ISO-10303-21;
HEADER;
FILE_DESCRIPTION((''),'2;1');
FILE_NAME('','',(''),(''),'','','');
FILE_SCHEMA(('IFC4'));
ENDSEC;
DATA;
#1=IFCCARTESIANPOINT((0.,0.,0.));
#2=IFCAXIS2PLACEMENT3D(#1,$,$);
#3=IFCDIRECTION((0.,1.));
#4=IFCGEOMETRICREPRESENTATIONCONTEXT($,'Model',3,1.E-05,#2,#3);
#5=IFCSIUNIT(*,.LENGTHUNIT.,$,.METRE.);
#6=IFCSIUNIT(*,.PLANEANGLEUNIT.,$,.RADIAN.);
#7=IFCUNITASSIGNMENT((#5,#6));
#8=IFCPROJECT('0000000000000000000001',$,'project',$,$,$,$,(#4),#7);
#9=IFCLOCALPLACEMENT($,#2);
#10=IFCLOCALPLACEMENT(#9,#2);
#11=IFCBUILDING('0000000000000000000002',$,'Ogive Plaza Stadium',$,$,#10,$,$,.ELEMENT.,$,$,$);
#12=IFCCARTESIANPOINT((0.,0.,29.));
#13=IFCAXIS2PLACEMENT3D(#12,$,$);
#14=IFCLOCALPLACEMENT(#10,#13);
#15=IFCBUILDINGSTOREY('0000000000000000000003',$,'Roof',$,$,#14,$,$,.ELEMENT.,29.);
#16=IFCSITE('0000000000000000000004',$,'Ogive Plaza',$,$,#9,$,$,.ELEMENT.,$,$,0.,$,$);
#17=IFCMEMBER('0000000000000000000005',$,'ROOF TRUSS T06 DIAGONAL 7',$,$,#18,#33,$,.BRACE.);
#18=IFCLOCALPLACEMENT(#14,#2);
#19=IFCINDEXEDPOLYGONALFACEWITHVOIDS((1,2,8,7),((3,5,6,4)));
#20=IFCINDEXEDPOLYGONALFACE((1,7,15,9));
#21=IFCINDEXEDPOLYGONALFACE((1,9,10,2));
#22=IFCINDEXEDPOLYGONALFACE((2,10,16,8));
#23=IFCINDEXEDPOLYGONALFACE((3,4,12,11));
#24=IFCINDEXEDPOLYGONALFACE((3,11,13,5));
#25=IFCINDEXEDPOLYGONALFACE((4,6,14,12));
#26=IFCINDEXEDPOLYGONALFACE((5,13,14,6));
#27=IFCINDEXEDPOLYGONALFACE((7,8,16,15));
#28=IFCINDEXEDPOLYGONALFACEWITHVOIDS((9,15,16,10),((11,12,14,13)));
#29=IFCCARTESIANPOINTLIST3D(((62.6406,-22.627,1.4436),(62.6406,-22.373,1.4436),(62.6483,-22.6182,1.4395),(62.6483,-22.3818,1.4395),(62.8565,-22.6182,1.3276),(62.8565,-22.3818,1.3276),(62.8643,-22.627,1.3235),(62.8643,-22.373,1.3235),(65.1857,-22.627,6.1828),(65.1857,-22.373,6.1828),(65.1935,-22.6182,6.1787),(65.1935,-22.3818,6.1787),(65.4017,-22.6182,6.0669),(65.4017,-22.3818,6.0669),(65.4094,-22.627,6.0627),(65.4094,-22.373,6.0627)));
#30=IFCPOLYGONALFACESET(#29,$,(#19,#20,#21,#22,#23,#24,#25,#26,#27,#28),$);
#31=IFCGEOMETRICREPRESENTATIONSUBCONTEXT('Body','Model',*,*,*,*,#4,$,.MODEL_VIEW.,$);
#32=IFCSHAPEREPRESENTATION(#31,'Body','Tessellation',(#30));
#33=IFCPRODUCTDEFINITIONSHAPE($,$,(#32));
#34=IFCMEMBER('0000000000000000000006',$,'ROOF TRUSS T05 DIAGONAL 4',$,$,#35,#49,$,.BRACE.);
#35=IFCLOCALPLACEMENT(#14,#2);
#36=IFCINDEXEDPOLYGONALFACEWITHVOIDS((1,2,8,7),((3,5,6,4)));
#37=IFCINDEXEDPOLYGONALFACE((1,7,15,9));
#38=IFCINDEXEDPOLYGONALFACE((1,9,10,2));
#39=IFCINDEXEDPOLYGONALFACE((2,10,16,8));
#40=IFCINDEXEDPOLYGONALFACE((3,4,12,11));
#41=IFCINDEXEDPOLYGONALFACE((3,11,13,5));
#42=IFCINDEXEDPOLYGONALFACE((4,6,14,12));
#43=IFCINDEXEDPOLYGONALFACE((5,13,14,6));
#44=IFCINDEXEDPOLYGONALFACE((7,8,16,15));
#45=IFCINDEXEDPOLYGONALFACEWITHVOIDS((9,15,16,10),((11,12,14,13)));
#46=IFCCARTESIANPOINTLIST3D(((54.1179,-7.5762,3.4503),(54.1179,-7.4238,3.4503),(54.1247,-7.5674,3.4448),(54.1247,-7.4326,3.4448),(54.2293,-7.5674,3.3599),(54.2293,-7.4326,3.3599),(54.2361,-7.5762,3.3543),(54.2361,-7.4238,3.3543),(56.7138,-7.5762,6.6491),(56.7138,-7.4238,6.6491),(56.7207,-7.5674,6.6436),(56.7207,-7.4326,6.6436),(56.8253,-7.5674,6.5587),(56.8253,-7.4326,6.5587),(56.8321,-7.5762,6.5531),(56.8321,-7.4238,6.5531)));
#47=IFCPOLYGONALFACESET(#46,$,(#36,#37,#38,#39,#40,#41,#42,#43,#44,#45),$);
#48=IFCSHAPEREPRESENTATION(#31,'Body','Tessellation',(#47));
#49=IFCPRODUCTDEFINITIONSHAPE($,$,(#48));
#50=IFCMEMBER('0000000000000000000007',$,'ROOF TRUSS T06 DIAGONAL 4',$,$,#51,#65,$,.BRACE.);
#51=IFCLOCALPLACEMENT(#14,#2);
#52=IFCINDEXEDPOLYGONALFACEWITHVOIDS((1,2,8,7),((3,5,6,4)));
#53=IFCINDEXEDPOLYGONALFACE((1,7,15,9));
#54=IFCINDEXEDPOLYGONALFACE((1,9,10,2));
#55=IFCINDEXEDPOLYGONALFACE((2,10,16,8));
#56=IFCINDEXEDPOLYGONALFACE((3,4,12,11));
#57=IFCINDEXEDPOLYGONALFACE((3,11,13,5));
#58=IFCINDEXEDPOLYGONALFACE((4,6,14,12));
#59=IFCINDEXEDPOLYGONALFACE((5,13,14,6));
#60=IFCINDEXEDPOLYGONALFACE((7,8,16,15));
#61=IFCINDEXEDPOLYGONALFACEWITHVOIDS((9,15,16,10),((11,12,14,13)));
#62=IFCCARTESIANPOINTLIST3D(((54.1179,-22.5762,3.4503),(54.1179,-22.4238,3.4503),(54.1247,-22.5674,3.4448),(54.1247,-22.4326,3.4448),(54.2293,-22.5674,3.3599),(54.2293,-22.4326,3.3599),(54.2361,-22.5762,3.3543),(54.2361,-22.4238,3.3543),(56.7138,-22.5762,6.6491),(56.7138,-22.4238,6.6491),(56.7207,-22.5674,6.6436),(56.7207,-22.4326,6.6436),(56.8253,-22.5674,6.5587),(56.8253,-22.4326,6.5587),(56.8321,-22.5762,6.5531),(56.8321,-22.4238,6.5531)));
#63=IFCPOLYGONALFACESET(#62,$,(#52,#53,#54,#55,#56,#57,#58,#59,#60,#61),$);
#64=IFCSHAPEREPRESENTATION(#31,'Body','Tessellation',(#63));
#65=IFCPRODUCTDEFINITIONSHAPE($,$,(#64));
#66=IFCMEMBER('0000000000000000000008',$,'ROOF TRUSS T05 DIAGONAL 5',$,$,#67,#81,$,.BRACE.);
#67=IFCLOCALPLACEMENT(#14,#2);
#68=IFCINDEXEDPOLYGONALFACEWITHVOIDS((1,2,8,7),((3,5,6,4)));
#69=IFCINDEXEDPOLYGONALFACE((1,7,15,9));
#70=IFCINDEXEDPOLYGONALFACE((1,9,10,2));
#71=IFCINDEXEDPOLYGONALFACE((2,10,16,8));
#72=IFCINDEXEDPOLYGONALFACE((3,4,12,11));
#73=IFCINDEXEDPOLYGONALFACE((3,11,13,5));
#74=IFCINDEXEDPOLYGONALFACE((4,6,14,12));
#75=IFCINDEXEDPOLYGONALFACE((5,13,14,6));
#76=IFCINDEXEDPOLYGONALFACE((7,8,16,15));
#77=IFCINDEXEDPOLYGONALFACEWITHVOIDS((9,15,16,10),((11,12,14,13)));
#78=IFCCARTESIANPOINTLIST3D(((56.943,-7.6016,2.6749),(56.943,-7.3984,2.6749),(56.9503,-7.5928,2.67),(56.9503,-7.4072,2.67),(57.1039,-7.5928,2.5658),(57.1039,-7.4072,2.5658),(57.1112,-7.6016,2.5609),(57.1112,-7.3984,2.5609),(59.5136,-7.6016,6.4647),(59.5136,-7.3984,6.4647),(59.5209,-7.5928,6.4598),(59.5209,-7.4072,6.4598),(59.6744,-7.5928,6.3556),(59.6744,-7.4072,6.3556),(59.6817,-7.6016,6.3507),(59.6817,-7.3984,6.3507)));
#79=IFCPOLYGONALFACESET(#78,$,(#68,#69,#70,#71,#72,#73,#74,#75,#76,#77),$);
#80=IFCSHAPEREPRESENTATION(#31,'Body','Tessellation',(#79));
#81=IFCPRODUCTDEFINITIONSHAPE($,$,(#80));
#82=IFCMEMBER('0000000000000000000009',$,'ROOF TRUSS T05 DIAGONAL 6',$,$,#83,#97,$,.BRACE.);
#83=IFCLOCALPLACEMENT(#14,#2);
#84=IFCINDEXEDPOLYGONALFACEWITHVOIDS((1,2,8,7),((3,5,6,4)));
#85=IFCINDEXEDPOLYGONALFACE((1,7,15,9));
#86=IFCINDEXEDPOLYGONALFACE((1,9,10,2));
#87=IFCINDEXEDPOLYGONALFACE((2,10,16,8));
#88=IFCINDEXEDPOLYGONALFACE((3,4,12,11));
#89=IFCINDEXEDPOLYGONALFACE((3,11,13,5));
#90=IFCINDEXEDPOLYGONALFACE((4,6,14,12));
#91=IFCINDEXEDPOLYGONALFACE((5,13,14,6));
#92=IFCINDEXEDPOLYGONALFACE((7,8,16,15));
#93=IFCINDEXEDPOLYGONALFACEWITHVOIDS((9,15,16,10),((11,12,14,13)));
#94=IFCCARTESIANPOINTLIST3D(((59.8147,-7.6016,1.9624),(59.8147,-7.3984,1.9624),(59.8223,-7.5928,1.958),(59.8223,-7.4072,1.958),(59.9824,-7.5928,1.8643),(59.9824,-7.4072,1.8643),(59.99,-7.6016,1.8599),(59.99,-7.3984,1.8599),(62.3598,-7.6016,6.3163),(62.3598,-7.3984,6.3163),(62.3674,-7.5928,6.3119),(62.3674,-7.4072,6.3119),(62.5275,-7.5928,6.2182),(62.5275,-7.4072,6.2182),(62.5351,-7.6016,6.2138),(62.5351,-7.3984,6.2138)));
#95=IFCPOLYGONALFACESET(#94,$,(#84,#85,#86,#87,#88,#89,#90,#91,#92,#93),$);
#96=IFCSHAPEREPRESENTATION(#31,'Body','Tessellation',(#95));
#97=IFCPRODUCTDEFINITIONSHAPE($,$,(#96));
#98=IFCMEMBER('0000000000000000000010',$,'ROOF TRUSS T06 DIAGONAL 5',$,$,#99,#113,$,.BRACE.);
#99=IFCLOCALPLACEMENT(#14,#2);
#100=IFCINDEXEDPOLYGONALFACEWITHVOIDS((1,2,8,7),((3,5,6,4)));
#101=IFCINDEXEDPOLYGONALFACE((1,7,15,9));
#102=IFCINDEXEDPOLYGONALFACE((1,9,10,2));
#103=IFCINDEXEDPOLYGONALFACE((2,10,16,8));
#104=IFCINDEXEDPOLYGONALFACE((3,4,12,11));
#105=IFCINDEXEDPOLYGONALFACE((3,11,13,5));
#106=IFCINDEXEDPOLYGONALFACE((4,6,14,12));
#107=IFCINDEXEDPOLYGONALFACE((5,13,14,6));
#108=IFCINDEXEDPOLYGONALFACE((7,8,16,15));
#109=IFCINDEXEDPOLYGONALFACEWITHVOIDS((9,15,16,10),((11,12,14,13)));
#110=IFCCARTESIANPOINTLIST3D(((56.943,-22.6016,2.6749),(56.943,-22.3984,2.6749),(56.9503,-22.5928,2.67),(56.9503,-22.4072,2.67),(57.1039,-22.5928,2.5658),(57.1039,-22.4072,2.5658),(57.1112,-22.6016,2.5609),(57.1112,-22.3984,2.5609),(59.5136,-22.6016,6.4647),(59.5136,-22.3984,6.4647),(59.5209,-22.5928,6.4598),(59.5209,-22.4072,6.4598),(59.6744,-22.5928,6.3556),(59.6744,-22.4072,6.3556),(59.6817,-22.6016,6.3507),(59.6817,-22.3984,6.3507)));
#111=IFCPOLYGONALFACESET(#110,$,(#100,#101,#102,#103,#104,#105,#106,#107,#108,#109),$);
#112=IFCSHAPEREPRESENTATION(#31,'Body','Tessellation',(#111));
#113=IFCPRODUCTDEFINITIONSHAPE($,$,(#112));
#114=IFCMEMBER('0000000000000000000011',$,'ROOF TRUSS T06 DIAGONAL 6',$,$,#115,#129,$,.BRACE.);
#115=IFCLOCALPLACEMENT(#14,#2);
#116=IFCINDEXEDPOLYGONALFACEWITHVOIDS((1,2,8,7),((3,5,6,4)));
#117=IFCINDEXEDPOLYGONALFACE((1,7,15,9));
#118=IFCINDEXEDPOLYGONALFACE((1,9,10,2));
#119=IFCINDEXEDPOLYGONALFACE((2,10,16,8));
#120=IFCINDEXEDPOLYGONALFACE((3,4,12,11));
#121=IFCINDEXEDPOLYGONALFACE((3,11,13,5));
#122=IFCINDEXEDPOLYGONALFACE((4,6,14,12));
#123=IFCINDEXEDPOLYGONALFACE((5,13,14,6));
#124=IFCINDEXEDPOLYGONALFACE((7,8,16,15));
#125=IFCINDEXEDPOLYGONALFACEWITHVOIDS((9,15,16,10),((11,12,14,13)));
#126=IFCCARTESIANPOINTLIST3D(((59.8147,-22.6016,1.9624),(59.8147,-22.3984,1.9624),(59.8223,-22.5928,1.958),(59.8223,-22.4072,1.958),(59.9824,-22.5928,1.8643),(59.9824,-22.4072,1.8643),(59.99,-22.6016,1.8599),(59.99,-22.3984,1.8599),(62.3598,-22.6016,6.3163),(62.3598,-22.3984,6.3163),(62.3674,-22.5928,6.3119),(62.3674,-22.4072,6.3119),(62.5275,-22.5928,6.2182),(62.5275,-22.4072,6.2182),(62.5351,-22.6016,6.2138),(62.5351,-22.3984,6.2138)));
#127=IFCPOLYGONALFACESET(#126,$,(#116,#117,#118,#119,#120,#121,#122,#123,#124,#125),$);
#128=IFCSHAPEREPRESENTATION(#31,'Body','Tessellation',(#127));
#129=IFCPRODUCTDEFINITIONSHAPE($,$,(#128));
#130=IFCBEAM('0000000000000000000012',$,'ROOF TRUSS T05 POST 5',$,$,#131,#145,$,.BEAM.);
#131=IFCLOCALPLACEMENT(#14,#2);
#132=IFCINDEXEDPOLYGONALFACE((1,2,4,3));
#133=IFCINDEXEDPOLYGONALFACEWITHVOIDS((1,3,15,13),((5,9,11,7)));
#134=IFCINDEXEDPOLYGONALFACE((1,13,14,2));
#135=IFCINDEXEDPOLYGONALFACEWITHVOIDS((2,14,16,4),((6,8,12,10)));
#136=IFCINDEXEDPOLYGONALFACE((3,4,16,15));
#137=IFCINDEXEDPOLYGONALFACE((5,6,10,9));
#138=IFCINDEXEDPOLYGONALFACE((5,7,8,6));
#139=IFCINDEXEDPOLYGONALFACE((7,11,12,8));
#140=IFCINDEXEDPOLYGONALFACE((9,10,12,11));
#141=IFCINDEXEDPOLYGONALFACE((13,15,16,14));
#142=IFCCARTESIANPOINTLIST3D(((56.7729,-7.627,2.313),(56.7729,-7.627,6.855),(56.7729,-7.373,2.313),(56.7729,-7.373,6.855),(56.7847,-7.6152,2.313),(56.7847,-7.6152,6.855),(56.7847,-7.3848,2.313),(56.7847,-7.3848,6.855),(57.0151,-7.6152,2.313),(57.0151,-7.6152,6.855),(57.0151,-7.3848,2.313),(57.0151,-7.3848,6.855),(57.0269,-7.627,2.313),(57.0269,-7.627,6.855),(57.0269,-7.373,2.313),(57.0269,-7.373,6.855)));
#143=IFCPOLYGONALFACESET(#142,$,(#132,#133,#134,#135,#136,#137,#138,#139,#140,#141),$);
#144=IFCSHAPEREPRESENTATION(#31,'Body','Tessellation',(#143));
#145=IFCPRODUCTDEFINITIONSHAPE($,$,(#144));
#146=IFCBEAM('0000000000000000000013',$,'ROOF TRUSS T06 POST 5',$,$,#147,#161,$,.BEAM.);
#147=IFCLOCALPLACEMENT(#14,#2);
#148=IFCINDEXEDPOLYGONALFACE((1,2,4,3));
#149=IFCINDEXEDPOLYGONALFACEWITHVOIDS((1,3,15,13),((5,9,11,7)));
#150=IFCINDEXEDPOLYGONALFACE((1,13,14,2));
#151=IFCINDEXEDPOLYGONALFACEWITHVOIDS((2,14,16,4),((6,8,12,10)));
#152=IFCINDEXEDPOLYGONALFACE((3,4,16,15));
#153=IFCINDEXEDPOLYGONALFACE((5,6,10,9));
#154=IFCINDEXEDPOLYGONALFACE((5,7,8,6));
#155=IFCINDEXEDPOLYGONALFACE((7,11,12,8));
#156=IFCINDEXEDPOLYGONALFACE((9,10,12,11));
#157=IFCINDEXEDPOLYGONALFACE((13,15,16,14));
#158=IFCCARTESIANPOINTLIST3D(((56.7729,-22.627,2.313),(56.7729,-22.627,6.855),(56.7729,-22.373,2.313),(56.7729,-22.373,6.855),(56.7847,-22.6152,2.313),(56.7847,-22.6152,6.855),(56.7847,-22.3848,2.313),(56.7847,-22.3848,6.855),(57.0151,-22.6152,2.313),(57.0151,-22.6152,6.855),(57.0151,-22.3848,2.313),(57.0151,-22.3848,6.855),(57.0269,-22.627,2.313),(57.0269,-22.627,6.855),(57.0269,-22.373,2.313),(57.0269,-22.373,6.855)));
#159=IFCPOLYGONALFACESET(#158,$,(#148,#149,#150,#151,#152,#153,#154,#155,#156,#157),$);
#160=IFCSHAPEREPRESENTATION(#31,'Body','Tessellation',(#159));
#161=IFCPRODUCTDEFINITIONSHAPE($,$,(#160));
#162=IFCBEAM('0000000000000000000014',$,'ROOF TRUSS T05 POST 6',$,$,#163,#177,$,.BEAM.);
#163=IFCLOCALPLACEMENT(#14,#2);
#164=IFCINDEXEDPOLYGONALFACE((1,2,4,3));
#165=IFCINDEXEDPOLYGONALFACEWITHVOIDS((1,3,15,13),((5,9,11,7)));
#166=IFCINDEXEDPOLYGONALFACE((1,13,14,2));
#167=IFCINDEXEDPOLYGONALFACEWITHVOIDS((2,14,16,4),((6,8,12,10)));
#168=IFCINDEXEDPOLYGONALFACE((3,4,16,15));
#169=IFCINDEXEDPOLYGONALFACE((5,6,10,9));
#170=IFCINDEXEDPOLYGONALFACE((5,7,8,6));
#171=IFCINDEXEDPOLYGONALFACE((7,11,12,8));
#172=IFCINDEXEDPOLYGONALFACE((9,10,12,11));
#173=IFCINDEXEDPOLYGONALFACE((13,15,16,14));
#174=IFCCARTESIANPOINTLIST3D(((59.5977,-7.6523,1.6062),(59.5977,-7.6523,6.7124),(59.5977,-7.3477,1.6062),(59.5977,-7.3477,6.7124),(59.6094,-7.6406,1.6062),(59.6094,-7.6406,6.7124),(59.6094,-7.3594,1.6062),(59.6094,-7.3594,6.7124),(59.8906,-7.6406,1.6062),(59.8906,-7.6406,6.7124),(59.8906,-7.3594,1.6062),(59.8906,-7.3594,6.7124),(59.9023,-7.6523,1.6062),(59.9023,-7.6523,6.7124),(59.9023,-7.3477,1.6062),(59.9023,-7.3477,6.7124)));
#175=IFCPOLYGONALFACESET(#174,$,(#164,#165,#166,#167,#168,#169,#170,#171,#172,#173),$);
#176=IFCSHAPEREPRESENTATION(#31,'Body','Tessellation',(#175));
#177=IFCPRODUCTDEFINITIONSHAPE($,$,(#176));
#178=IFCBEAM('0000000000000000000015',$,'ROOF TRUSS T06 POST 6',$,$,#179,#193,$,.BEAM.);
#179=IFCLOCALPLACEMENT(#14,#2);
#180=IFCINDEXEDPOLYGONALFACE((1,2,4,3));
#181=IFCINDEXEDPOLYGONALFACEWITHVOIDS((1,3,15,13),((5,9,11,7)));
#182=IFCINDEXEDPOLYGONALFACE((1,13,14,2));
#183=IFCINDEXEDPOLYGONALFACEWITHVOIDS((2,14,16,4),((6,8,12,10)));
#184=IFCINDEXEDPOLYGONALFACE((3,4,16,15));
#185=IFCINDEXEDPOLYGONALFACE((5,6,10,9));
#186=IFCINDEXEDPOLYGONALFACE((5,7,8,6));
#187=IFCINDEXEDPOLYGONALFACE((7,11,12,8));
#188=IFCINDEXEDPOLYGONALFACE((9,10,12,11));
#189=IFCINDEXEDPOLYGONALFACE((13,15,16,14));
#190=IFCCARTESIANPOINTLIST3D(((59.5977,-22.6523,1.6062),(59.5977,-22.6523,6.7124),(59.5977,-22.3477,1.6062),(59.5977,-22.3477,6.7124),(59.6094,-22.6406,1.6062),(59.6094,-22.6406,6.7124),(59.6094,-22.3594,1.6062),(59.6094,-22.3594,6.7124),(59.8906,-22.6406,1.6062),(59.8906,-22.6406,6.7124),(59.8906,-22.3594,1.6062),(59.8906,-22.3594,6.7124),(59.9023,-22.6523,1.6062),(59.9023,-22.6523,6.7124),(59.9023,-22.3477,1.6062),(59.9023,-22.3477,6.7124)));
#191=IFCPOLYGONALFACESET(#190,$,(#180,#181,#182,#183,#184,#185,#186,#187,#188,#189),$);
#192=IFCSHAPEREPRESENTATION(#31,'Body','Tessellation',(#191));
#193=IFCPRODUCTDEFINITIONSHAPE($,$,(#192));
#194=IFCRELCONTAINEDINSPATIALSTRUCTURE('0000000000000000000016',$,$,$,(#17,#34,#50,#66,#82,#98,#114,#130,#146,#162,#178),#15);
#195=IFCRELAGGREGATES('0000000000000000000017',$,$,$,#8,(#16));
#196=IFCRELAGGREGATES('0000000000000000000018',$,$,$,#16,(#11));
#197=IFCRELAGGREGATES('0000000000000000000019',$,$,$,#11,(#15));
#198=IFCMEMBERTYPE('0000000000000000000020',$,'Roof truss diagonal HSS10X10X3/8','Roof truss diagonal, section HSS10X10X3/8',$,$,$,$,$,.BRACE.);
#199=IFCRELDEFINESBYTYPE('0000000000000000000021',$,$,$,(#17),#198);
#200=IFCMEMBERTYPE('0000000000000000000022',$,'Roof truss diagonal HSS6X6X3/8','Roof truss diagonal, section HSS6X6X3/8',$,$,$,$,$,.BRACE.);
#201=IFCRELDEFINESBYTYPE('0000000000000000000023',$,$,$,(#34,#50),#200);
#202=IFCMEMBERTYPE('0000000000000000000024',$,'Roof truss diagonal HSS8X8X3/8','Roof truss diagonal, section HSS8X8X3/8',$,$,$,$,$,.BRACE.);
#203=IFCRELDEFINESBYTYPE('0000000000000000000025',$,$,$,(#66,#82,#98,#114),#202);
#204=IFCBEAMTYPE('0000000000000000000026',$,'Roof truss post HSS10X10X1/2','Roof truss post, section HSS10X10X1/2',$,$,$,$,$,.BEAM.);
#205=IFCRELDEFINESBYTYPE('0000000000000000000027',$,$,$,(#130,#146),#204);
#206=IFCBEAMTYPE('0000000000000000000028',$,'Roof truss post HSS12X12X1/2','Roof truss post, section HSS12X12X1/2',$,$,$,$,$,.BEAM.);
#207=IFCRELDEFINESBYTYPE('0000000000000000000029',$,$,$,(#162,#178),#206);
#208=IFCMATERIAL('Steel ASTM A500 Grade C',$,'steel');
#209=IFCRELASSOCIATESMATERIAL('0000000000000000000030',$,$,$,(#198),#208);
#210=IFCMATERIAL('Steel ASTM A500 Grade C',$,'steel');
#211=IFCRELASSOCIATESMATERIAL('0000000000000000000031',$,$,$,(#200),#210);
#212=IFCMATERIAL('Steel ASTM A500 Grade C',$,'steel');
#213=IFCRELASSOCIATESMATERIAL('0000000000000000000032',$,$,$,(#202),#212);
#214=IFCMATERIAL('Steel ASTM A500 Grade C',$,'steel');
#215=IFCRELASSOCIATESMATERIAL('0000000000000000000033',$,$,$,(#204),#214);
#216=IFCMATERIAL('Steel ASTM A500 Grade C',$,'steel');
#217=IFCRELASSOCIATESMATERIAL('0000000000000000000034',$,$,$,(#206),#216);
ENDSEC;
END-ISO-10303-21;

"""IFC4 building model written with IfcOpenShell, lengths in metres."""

from ifc_helpers import new_model, si_unit, direction, frame, origin, origin_2d, place, context, subcontext, project, spatial, hollow_rectangle, extrude, material, material_profile, profile_set, type_object, element, save


model = new_model("IFC4")

# Units and contexts
model_context = context("Model", 3, precision=1e-05, world=origin(), true_north=direction((0.0, 1.0)))
body_context = subcontext(model_context, "Body", "Model", "MODEL_VIEW")
ifc_project = project(units=[si_unit("LENGTHUNIT", "METRE"), si_unit("PLANEANGLEUNIT", "RADIAN")], contexts=[model_context])

# Site, building, storey
site_placement = place(None, origin())
site = spatial("IfcSite", under=ifc_project, at=site_placement, Name="Ogive Plaza", CompositionType="ELEMENT", RefElevation=0.0)
building_placement = place(site_placement, origin())
building = spatial("IfcBuilding", under=site, at=building_placement, Name="Ogive Plaza Stadium", CompositionType="ELEMENT")
storey_placement = place(building_placement, frame((0.0, 0.0, 29.0)))
storey = spatial("IfcBuildingStorey", under=building, at=storey_placement, Name="Roof", CompositionType="ELEMENT", Elevation=29.0)

# Members
ifc_material_1 = material(Name="Steel ASTM A500 Grade C", Category="steel")
ifc_material_profile_1 = material_profile(ifc_material_1, hollow_rectangle(XDim=0.2539, YDim=0.2539, WallThickness=0.0088, at=origin_2d()), Name="HSS10X10X3/8")
ifc_profile_set_1 = profile_set([ifc_material_profile_1], Name="Steel ASTM A500 Grade C")
member_type_1 = type_object("IfcMemberType", Name="Roof truss diagonal HSS10X10X3/8", Description="Roof truss diagonal, section HSS10X10X3/8", PredefinedType="BRACE", material=ifc_profile_set_1)
member_1_placement = place(storey_placement, frame((62.7524, -22.5, 1.3835), z_axis=(0.473128, 0.0, 0.880994), x_axis=(0.0, 1.0, 0.0)))
element("IfcMember", 1, at=member_1_placement, inside=storey, type_object=member_type_1, Name="ROOF TRUSS T06 DIAGONAL 7", PredefinedType="BRACE", context=body_context, shape_type="SweptSolid", body=[
    extrude(hollow_rectangle(XDim=0.2539, YDim=0.2539, WallThickness=0.0088, at=origin_2d()), origin(), (0.0, 0.0, 1.0), 5.3794),
])
ifc_material_2 = material(Name="Steel ASTM A500 Grade C", Category="steel")
ifc_material_profile_2 = material_profile(ifc_material_2, hollow_rectangle(XDim=0.1523, YDim=0.1523, WallThickness=0.0088, at=origin_2d()), Name="HSS6X6X3/8")
ifc_profile_set_2 = profile_set([ifc_material_profile_2], Name="Steel ASTM A500 Grade C")
member_type_2 = type_object("IfcMemberType", Name="Roof truss diagonal HSS6X6X3/8", Description="Roof truss diagonal, section HSS6X6X3/8", PredefinedType="BRACE", material=ifc_profile_set_2)
for number, where, z_axis, x_axis, name in (
    (2, (54.177, -7.5, 3.4023), (0.630151, 0.0, 0.776473), (0.0, 1.0, 0.0), "ROOF TRUSS T05 DIAGONAL 4"),
    (3, (54.177, -22.5, 3.4023), (0.630151, 0.0, 0.776473), (0.0, 1.0, 0.0), "ROOF TRUSS T06 DIAGONAL 4"),
):
    element("IfcMember", number, at=place(storey_placement, frame(where, z_axis=z_axis, x_axis=x_axis)), inside=storey, type_object=member_type_2, Name=name, PredefinedType="BRACE", context=body_context, shape_type="SweptSolid", body=[
        extrude(hollow_rectangle(XDim=0.1523, YDim=0.1523, WallThickness=0.0088, at=origin_2d()), origin(), (0.0, 0.0, 1.0), 4.1196),
    ])
ifc_material_3 = material(Name="Steel ASTM A500 Grade C", Category="steel")
ifc_material_profile_3 = material_profile(ifc_material_3, hollow_rectangle(XDim=0.2031, YDim=0.2031, WallThickness=0.0088, at=origin_2d()), Name="HSS8X8X3/8")
ifc_profile_set_3 = profile_set([ifc_material_profile_3], Name="Steel ASTM A500 Grade C")
member_type_3 = type_object("IfcMemberType", Name="Roof truss diagonal HSS8X8X3/8", Description="Roof truss diagonal, section HSS8X8X3/8", PredefinedType="BRACE", material=ifc_profile_set_3)
member_2_placement = place(storey_placement, frame((57.0271, -7.5, 2.6179), z_axis=(0.561338, 0.0, 0.827586), x_axis=(0.0, 1.0, 0.0)))
element("IfcMember", 4, at=member_2_placement, inside=storey, type_object=member_type_3, Name="ROOF TRUSS T05 DIAGONAL 5", PredefinedType="BRACE", context=body_context, shape_type="SweptSolid", body=[
    extrude(hollow_rectangle(XDim=0.2031, YDim=0.2031, WallThickness=0.0088, at=origin_2d()), origin(), (0.0, 0.0, 1.0), 4.5793),
])
member_3_placement = place(storey_placement, frame((59.9023, -7.5, 1.9111), z_axis=(0.504659, 0.0, 0.863319), x_axis=(0.0, 1.0, 0.0)))
element("IfcMember", 5, at=member_3_placement, inside=storey, type_object=member_type_3, Name="ROOF TRUSS T05 DIAGONAL 6", PredefinedType="BRACE", context=body_context, shape_type="SweptSolid", body=[
    extrude(hollow_rectangle(XDim=0.2031, YDim=0.2031, WallThickness=0.0088, at=origin_2d()), origin(), (0.0, 0.0, 1.0), 5.0432),
])
member_4_placement = place(storey_placement, frame((57.0271, -22.5, 2.6179), z_axis=(0.561338, 0.0, 0.827586), x_axis=(0.0, 1.0, 0.0)))
element("IfcMember", 6, at=member_4_placement, inside=storey, type_object=member_type_3, Name="ROOF TRUSS T06 DIAGONAL 5", PredefinedType="BRACE", context=body_context, shape_type="SweptSolid", body=[
    extrude(hollow_rectangle(XDim=0.2031, YDim=0.2031, WallThickness=0.0088, at=origin_2d()), origin(), (0.0, 0.0, 1.0), 4.5793),
])
member_5_placement = place(storey_placement, frame((59.9023, -22.5, 1.9111), z_axis=(0.504659, 0.0, 0.863319), x_axis=(0.0, 1.0, 0.0)))
element("IfcMember", 7, at=member_5_placement, inside=storey, type_object=member_type_3, Name="ROOF TRUSS T06 DIAGONAL 6", PredefinedType="BRACE", context=body_context, shape_type="SweptSolid", body=[
    extrude(hollow_rectangle(XDim=0.2031, YDim=0.2031, WallThickness=0.0088, at=origin_2d()), origin(), (0.0, 0.0, 1.0), 5.0432),
])

# Beams
ifc_material_4 = material(Name="Steel ASTM A500 Grade C", Category="steel")
ifc_material_profile_4 = material_profile(ifc_material_4, hollow_rectangle(XDim=0.2539, YDim=0.2539, WallThickness=0.0117, at=origin_2d()), Name="HSS10X10X1/2")
ifc_profile_set_4 = profile_set([ifc_material_profile_4], Name="Steel ASTM A500 Grade C")
beam_type_1 = type_object("IfcBeamType", Name="Roof truss post HSS10X10X1/2", Description="Roof truss post, section HSS10X10X1/2", PredefinedType="BEAM", material=ifc_profile_set_4)
for number, where, z_axis, x_axis, name in (
    (8, (56.8999, -7.5, 2.313), (0.0, 0.0, 1.0), (0.0, 1.0, 0.0), "ROOF TRUSS T05 POST 5"),
    (9, (56.8999, -22.5, 2.313), (0.0, 0.0, 1.0), (0.0, 1.0, 0.0), "ROOF TRUSS T06 POST 5"),
):
    element("IfcBeam", number, at=place(storey_placement, frame(where, z_axis=z_axis, x_axis=x_axis)), inside=storey, type_object=beam_type_1, Name=name, PredefinedType="BEAM", context=body_context, shape_type="SweptSolid", body=[
        extrude(hollow_rectangle(XDim=0.2539, YDim=0.2539, WallThickness=0.0117, at=origin_2d()), origin(), (0.0, 0.0, 1.0), 4.542),
    ])
ifc_material_5 = material(Name="Steel ASTM A500 Grade C", Category="steel")
ifc_material_profile_5 = material_profile(ifc_material_5, hollow_rectangle(XDim=0.3047, YDim=0.3047, WallThickness=0.0117, at=origin_2d()), Name="HSS12X12X1/2")
ifc_profile_set_5 = profile_set([ifc_material_profile_5], Name="Steel ASTM A500 Grade C")
beam_type_2 = type_object("IfcBeamType", Name="Roof truss post HSS12X12X1/2", Description="Roof truss post, section HSS12X12X1/2", PredefinedType="BEAM", material=ifc_profile_set_5)
for number, where, z_axis, x_axis, name in (
    (10, (59.75, -7.5, 1.6062), (0.0, 0.0, 1.0), (0.0, 1.0, 0.0), "ROOF TRUSS T05 POST 6"),
    (11, (59.75, -22.5, 1.6062), (0.0, 0.0, 1.0), (0.0, 1.0, 0.0), "ROOF TRUSS T06 POST 6"),
):
    element("IfcBeam", number, at=place(storey_placement, frame(where, z_axis=z_axis, x_axis=x_axis)), inside=storey, type_object=beam_type_2, Name=name, PredefinedType="BEAM", context=body_context, shape_type="SweptSolid", body=[
        extrude(hollow_rectangle(XDim=0.3047, YDim=0.3047, WallThickness=0.0117, at=origin_2d()), origin(), (0.0, 0.0, 1.0), 5.1062),
    ])

save(model, "model.ifc")
